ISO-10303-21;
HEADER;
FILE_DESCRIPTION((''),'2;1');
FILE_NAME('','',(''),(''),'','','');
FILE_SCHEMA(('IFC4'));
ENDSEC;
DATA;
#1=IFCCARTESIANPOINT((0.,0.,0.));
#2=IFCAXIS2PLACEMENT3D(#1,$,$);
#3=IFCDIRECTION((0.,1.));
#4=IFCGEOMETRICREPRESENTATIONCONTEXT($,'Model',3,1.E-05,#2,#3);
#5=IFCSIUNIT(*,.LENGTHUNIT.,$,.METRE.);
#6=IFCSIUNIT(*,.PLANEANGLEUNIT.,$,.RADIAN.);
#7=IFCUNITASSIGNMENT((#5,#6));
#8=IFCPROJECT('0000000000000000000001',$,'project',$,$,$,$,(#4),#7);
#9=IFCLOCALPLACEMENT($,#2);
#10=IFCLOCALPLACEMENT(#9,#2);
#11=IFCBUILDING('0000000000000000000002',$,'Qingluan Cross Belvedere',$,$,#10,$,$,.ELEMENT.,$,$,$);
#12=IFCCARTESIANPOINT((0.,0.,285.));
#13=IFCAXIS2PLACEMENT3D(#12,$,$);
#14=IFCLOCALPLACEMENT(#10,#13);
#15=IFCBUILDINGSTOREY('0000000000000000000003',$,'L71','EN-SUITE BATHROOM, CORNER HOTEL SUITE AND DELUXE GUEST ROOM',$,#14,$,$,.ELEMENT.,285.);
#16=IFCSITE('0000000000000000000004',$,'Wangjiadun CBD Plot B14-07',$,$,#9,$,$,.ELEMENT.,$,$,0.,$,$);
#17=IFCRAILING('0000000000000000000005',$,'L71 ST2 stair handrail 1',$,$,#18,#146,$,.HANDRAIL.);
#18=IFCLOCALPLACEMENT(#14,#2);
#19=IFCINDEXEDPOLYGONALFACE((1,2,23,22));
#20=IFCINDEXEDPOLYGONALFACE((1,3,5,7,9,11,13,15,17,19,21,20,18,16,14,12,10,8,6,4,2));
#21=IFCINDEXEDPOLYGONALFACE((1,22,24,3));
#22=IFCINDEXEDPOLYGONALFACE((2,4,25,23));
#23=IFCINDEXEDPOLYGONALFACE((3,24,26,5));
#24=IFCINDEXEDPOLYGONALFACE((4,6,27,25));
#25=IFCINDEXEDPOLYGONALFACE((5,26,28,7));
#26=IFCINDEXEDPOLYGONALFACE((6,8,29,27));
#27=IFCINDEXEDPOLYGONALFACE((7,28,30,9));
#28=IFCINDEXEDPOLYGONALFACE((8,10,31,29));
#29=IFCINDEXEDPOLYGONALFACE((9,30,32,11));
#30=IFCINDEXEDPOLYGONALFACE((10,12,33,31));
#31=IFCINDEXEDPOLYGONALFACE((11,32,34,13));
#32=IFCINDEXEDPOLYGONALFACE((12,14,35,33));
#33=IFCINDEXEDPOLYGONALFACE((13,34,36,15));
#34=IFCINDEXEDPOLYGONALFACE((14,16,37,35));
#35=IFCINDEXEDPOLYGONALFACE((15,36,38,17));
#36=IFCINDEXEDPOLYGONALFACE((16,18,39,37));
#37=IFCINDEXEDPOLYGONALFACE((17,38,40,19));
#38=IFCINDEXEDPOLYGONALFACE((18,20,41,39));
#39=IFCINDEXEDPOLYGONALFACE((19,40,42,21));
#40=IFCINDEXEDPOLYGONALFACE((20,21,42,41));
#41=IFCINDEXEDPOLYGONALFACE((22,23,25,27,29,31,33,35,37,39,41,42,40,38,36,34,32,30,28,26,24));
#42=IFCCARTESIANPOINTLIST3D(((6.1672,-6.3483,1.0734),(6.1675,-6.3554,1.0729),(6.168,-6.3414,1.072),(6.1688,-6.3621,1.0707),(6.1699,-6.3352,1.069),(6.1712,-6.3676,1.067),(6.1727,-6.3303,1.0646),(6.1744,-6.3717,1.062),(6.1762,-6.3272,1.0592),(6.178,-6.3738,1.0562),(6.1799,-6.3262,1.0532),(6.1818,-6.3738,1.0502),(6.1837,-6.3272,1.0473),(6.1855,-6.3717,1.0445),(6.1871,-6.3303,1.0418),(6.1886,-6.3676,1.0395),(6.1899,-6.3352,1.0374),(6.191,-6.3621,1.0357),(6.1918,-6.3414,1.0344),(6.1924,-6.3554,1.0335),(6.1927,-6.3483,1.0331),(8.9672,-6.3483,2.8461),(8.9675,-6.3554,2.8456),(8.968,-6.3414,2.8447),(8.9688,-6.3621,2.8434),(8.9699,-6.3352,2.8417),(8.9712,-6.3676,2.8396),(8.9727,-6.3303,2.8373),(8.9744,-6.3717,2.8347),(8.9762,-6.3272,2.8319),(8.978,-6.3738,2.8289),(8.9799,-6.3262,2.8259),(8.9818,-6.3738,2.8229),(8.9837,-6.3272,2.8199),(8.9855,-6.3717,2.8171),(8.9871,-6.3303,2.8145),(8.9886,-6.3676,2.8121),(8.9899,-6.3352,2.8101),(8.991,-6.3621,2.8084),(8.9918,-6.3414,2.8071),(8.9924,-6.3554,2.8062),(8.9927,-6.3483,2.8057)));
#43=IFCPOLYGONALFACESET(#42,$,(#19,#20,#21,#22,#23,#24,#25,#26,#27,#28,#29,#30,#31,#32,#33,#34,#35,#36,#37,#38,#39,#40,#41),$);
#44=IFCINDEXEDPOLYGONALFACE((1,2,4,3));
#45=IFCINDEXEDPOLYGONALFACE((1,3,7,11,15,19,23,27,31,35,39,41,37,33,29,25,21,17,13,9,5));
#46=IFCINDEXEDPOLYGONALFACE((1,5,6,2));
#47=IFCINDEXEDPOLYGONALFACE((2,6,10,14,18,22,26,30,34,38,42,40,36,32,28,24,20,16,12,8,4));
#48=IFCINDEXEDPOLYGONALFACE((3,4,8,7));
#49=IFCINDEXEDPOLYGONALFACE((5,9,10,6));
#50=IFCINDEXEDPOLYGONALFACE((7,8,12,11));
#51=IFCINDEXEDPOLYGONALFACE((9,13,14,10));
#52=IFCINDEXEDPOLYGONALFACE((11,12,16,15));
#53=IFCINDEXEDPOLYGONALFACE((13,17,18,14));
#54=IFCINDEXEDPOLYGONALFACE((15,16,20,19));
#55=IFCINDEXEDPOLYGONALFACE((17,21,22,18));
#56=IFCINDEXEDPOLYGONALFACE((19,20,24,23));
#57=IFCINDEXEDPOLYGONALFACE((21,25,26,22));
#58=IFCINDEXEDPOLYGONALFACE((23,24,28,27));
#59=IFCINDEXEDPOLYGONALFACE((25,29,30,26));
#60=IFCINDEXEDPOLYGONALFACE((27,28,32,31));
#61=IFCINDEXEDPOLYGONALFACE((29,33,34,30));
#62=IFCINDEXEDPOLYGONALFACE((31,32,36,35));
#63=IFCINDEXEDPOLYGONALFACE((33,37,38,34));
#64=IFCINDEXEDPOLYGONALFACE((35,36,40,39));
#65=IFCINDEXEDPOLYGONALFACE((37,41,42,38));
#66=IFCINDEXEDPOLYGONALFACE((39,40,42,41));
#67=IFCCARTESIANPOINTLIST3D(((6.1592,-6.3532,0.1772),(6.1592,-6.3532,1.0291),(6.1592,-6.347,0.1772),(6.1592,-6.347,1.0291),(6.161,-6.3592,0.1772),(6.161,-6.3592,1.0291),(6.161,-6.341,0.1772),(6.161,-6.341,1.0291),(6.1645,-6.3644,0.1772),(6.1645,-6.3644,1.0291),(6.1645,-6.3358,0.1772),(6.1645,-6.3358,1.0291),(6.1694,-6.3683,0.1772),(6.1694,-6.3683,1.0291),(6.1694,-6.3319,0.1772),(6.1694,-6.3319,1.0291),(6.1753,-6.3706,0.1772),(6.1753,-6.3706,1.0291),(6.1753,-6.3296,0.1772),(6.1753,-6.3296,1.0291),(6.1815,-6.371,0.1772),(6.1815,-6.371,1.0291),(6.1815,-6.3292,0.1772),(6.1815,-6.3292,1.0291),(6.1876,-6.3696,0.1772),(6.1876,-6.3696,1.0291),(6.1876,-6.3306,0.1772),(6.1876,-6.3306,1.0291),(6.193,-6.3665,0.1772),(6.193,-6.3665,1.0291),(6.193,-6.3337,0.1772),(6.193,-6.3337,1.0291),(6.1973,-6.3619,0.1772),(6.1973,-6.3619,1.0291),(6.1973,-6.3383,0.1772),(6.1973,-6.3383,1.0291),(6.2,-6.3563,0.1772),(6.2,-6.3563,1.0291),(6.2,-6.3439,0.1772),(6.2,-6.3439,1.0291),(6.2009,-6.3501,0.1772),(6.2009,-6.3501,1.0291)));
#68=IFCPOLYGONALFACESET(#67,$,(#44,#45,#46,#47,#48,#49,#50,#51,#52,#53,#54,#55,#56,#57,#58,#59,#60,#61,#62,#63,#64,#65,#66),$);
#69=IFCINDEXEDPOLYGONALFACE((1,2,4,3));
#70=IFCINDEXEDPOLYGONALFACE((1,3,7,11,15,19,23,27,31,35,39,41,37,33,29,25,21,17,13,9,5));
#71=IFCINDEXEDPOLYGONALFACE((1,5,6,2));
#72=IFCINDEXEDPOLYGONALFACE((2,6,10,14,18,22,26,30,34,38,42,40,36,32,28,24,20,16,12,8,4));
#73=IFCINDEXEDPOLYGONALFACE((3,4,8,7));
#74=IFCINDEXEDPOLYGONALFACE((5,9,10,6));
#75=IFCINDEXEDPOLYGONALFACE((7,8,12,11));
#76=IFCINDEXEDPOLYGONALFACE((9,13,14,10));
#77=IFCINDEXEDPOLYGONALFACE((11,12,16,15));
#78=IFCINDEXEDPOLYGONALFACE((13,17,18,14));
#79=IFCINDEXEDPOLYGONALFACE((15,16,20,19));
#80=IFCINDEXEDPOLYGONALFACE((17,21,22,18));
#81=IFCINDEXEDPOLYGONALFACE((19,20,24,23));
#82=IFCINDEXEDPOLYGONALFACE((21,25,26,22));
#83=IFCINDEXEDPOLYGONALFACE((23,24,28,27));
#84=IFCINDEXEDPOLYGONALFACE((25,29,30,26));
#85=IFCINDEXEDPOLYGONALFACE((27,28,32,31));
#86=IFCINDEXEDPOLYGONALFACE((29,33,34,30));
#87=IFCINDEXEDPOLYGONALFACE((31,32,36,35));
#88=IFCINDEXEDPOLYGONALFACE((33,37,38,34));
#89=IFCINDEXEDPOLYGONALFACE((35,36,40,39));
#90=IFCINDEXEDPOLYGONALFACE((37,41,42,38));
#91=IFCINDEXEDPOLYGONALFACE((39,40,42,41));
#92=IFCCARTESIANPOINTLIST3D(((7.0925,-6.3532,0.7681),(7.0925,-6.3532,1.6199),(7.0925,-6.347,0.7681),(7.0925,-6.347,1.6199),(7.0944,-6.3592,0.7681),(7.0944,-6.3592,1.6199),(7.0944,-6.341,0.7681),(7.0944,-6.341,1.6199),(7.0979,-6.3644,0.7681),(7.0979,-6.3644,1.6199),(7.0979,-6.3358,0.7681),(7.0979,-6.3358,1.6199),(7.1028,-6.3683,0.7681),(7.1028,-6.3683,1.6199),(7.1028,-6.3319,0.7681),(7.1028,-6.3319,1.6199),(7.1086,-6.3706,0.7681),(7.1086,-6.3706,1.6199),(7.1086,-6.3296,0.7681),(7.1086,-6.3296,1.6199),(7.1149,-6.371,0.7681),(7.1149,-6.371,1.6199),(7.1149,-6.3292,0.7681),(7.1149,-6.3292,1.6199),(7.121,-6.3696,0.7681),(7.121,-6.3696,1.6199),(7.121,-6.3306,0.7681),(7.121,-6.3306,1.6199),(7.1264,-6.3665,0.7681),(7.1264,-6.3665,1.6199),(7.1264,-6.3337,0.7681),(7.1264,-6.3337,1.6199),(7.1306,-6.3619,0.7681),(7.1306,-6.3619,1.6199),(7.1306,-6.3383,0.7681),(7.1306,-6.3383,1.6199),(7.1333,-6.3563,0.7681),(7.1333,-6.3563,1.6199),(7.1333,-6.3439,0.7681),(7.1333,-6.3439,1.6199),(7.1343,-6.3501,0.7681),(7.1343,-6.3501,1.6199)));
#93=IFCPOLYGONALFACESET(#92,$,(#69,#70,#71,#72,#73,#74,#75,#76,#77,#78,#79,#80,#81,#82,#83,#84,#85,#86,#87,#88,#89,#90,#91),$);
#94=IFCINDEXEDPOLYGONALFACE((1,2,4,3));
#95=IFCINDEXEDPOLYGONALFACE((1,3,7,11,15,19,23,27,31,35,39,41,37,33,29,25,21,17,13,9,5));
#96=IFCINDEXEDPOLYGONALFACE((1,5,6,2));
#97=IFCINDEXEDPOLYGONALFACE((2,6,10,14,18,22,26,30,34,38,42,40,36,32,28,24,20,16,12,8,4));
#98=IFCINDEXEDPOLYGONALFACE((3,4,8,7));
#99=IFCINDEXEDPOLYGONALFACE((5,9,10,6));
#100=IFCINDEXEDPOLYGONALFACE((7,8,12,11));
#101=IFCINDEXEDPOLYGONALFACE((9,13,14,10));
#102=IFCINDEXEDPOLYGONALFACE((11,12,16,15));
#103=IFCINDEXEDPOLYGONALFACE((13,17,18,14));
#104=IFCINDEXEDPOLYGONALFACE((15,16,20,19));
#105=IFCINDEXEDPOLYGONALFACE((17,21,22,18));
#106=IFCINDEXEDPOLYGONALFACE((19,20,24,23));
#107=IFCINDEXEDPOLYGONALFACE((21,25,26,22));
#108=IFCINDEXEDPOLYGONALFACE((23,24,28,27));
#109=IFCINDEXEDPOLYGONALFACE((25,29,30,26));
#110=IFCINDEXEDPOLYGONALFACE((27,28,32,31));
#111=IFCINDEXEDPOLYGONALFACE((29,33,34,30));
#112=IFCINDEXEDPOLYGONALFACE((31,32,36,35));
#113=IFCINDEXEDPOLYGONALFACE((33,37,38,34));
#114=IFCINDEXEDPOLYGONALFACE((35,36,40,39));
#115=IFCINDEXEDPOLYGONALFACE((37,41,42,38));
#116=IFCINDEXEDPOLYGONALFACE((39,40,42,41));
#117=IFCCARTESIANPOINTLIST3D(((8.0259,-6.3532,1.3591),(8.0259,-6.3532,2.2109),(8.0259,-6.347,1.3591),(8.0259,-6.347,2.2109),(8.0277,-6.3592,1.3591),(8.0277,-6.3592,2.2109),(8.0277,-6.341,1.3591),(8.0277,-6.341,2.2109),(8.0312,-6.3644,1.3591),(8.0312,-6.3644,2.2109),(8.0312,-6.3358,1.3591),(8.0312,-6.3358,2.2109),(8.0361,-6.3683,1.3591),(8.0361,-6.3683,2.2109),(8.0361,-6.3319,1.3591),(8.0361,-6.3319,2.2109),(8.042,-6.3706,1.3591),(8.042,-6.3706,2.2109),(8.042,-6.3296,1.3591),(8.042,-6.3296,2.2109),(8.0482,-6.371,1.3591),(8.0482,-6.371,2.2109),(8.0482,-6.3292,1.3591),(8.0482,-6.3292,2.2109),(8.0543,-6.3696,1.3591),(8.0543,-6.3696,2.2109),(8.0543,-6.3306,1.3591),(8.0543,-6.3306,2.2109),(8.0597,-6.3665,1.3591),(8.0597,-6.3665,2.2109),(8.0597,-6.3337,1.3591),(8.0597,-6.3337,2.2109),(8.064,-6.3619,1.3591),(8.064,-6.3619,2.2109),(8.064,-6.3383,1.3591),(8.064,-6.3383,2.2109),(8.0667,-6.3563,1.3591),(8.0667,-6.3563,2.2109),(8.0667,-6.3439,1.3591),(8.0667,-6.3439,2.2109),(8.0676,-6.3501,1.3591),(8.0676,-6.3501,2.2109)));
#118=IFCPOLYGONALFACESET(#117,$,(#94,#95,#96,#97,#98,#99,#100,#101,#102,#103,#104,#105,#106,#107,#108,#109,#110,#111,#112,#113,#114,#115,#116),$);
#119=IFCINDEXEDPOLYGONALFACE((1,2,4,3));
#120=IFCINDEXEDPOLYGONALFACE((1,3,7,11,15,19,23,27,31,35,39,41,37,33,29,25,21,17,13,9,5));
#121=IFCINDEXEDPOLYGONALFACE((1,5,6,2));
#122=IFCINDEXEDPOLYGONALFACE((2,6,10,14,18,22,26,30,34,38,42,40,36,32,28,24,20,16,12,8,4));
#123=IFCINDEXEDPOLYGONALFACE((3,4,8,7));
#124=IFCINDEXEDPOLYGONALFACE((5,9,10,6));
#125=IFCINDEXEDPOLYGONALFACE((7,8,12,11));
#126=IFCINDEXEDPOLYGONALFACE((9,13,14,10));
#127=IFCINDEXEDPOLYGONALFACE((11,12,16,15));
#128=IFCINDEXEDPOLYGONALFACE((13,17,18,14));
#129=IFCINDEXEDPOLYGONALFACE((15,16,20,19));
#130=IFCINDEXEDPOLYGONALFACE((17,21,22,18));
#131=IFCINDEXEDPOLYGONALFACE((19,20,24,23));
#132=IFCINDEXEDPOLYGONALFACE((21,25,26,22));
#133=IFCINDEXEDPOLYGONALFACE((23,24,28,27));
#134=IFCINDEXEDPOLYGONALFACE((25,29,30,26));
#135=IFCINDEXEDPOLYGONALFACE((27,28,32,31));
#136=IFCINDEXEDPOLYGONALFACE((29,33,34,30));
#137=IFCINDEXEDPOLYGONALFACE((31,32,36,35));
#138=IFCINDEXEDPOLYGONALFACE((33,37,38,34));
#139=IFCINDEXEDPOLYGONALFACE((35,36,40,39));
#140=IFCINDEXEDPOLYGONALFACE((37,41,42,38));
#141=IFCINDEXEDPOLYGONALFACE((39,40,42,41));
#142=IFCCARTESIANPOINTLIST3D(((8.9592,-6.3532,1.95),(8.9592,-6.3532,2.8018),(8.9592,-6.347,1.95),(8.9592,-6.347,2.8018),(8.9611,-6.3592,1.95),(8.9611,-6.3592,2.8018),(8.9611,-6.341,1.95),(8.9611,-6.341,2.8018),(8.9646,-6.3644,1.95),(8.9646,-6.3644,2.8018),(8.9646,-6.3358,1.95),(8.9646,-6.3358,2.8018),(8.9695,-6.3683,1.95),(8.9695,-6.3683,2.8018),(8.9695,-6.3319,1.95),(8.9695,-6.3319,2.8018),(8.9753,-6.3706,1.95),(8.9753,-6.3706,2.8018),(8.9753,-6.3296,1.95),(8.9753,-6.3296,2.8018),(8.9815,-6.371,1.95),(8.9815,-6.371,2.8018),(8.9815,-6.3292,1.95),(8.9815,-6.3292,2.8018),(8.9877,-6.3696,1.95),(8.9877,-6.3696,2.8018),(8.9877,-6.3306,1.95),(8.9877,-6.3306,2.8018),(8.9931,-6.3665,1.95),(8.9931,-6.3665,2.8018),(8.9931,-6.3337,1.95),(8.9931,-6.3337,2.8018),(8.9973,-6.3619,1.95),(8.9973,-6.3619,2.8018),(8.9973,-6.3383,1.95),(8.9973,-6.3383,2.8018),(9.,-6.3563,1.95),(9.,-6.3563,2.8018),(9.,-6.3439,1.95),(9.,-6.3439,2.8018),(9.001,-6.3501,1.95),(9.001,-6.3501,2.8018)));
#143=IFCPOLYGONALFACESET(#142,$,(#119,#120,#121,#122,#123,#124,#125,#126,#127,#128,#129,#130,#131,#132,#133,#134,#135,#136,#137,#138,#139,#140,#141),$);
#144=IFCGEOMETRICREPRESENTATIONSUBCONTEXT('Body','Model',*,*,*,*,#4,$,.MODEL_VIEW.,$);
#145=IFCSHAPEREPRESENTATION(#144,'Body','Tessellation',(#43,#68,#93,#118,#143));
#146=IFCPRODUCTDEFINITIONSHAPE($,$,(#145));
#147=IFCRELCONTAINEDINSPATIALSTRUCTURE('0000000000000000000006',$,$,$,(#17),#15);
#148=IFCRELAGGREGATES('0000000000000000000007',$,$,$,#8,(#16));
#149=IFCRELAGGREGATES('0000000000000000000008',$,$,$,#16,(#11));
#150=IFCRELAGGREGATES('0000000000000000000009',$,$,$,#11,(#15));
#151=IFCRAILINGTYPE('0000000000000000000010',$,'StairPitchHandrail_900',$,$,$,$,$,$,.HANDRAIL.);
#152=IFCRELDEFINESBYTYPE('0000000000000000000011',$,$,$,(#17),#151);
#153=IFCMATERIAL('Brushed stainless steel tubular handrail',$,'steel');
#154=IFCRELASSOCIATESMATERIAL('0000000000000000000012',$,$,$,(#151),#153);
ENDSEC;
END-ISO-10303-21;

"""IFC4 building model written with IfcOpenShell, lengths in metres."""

from ifc_helpers import new_model, si_unit, direction, frame, origin, origin_2d, place, context, subcontext, project, spatial, circle, extrude, material, type_object, element, save


model = new_model("IFC4")

# Units and contexts
model_context = context("Model", 3, precision=1e-05, world=origin(), true_north=direction((0.0, 1.0)))
body_context = subcontext(model_context, "Body", "Model", "MODEL_VIEW")
ifc_project = project(units=[si_unit("LENGTHUNIT", "METRE"), si_unit("PLANEANGLEUNIT", "RADIAN")], contexts=[model_context])

# Site, building, storey
site_placement = place(None, origin())
site = spatial("IfcSite", under=ifc_project, at=site_placement, Name="Wangjiadun CBD Plot B14-07", CompositionType="ELEMENT", RefElevation=0.0)
building_placement = place(site_placement, origin())
building = spatial("IfcBuilding", under=site, at=building_placement, Name="Qingluan Cross Belvedere", CompositionType="ELEMENT")
storey_placement = place(building_placement, frame((0.0, 0.0, 285.0)))
storey = spatial("IfcBuildingStorey", under=building, at=storey_placement, Name="L71", Description="EN-SUITE BATHROOM, CORNER HOTEL SUITE AND DELUXE GUEST ROOM", CompositionType="ELEMENT", Elevation=285.0)

# Railing
ifc_material_1 = material(Name="Brushed stainless steel tubular handrail", Category="steel")
railing_type_1 = type_object("IfcRailingType", Name="StairPitchHandrail_900", PredefinedType="HANDRAIL", material=ifc_material_1)
railing_1_placement = place(storey_placement, frame((6.1799, -6.3501, 0.1772)))
element("IfcRailing", 1, at=railing_1_placement, inside=storey, type_object=railing_type_1, Name="L71 ST2 stair handrail 1", PredefinedType="HANDRAIL", context=body_context, shape_type="SweptSolid", body=[
    extrude(circle(Radius=0.0239, at=origin_2d()), frame((0.0, 0.0, 0.876), z_axis=(0.844909, 0.0, 0.53491), x_axis=(0.0, 1.0, 0.0)), (0.0, 0.0, 1.0), 3.314),
    extrude(circle(Radius=0.021, at=origin_2d()), origin(), (0.0, 0.0, 1.0), 0.8518),
    extrude(circle(Radius=0.021, at=origin_2d()), frame((0.9333, 0.0, 0.5908)), (0.0, 0.0, 1.0), 0.8518),
    extrude(circle(Radius=0.021, at=origin_2d()), frame((1.8667, 0.0, 1.1819)), (0.0, 0.0, 1.0), 0.8518),
    extrude(circle(Radius=0.021, at=origin_2d()), frame((2.8, 0.0, 1.7727)), (0.0, 0.0, 1.0), 0.8518),
])

save(model, "model.ifc")
